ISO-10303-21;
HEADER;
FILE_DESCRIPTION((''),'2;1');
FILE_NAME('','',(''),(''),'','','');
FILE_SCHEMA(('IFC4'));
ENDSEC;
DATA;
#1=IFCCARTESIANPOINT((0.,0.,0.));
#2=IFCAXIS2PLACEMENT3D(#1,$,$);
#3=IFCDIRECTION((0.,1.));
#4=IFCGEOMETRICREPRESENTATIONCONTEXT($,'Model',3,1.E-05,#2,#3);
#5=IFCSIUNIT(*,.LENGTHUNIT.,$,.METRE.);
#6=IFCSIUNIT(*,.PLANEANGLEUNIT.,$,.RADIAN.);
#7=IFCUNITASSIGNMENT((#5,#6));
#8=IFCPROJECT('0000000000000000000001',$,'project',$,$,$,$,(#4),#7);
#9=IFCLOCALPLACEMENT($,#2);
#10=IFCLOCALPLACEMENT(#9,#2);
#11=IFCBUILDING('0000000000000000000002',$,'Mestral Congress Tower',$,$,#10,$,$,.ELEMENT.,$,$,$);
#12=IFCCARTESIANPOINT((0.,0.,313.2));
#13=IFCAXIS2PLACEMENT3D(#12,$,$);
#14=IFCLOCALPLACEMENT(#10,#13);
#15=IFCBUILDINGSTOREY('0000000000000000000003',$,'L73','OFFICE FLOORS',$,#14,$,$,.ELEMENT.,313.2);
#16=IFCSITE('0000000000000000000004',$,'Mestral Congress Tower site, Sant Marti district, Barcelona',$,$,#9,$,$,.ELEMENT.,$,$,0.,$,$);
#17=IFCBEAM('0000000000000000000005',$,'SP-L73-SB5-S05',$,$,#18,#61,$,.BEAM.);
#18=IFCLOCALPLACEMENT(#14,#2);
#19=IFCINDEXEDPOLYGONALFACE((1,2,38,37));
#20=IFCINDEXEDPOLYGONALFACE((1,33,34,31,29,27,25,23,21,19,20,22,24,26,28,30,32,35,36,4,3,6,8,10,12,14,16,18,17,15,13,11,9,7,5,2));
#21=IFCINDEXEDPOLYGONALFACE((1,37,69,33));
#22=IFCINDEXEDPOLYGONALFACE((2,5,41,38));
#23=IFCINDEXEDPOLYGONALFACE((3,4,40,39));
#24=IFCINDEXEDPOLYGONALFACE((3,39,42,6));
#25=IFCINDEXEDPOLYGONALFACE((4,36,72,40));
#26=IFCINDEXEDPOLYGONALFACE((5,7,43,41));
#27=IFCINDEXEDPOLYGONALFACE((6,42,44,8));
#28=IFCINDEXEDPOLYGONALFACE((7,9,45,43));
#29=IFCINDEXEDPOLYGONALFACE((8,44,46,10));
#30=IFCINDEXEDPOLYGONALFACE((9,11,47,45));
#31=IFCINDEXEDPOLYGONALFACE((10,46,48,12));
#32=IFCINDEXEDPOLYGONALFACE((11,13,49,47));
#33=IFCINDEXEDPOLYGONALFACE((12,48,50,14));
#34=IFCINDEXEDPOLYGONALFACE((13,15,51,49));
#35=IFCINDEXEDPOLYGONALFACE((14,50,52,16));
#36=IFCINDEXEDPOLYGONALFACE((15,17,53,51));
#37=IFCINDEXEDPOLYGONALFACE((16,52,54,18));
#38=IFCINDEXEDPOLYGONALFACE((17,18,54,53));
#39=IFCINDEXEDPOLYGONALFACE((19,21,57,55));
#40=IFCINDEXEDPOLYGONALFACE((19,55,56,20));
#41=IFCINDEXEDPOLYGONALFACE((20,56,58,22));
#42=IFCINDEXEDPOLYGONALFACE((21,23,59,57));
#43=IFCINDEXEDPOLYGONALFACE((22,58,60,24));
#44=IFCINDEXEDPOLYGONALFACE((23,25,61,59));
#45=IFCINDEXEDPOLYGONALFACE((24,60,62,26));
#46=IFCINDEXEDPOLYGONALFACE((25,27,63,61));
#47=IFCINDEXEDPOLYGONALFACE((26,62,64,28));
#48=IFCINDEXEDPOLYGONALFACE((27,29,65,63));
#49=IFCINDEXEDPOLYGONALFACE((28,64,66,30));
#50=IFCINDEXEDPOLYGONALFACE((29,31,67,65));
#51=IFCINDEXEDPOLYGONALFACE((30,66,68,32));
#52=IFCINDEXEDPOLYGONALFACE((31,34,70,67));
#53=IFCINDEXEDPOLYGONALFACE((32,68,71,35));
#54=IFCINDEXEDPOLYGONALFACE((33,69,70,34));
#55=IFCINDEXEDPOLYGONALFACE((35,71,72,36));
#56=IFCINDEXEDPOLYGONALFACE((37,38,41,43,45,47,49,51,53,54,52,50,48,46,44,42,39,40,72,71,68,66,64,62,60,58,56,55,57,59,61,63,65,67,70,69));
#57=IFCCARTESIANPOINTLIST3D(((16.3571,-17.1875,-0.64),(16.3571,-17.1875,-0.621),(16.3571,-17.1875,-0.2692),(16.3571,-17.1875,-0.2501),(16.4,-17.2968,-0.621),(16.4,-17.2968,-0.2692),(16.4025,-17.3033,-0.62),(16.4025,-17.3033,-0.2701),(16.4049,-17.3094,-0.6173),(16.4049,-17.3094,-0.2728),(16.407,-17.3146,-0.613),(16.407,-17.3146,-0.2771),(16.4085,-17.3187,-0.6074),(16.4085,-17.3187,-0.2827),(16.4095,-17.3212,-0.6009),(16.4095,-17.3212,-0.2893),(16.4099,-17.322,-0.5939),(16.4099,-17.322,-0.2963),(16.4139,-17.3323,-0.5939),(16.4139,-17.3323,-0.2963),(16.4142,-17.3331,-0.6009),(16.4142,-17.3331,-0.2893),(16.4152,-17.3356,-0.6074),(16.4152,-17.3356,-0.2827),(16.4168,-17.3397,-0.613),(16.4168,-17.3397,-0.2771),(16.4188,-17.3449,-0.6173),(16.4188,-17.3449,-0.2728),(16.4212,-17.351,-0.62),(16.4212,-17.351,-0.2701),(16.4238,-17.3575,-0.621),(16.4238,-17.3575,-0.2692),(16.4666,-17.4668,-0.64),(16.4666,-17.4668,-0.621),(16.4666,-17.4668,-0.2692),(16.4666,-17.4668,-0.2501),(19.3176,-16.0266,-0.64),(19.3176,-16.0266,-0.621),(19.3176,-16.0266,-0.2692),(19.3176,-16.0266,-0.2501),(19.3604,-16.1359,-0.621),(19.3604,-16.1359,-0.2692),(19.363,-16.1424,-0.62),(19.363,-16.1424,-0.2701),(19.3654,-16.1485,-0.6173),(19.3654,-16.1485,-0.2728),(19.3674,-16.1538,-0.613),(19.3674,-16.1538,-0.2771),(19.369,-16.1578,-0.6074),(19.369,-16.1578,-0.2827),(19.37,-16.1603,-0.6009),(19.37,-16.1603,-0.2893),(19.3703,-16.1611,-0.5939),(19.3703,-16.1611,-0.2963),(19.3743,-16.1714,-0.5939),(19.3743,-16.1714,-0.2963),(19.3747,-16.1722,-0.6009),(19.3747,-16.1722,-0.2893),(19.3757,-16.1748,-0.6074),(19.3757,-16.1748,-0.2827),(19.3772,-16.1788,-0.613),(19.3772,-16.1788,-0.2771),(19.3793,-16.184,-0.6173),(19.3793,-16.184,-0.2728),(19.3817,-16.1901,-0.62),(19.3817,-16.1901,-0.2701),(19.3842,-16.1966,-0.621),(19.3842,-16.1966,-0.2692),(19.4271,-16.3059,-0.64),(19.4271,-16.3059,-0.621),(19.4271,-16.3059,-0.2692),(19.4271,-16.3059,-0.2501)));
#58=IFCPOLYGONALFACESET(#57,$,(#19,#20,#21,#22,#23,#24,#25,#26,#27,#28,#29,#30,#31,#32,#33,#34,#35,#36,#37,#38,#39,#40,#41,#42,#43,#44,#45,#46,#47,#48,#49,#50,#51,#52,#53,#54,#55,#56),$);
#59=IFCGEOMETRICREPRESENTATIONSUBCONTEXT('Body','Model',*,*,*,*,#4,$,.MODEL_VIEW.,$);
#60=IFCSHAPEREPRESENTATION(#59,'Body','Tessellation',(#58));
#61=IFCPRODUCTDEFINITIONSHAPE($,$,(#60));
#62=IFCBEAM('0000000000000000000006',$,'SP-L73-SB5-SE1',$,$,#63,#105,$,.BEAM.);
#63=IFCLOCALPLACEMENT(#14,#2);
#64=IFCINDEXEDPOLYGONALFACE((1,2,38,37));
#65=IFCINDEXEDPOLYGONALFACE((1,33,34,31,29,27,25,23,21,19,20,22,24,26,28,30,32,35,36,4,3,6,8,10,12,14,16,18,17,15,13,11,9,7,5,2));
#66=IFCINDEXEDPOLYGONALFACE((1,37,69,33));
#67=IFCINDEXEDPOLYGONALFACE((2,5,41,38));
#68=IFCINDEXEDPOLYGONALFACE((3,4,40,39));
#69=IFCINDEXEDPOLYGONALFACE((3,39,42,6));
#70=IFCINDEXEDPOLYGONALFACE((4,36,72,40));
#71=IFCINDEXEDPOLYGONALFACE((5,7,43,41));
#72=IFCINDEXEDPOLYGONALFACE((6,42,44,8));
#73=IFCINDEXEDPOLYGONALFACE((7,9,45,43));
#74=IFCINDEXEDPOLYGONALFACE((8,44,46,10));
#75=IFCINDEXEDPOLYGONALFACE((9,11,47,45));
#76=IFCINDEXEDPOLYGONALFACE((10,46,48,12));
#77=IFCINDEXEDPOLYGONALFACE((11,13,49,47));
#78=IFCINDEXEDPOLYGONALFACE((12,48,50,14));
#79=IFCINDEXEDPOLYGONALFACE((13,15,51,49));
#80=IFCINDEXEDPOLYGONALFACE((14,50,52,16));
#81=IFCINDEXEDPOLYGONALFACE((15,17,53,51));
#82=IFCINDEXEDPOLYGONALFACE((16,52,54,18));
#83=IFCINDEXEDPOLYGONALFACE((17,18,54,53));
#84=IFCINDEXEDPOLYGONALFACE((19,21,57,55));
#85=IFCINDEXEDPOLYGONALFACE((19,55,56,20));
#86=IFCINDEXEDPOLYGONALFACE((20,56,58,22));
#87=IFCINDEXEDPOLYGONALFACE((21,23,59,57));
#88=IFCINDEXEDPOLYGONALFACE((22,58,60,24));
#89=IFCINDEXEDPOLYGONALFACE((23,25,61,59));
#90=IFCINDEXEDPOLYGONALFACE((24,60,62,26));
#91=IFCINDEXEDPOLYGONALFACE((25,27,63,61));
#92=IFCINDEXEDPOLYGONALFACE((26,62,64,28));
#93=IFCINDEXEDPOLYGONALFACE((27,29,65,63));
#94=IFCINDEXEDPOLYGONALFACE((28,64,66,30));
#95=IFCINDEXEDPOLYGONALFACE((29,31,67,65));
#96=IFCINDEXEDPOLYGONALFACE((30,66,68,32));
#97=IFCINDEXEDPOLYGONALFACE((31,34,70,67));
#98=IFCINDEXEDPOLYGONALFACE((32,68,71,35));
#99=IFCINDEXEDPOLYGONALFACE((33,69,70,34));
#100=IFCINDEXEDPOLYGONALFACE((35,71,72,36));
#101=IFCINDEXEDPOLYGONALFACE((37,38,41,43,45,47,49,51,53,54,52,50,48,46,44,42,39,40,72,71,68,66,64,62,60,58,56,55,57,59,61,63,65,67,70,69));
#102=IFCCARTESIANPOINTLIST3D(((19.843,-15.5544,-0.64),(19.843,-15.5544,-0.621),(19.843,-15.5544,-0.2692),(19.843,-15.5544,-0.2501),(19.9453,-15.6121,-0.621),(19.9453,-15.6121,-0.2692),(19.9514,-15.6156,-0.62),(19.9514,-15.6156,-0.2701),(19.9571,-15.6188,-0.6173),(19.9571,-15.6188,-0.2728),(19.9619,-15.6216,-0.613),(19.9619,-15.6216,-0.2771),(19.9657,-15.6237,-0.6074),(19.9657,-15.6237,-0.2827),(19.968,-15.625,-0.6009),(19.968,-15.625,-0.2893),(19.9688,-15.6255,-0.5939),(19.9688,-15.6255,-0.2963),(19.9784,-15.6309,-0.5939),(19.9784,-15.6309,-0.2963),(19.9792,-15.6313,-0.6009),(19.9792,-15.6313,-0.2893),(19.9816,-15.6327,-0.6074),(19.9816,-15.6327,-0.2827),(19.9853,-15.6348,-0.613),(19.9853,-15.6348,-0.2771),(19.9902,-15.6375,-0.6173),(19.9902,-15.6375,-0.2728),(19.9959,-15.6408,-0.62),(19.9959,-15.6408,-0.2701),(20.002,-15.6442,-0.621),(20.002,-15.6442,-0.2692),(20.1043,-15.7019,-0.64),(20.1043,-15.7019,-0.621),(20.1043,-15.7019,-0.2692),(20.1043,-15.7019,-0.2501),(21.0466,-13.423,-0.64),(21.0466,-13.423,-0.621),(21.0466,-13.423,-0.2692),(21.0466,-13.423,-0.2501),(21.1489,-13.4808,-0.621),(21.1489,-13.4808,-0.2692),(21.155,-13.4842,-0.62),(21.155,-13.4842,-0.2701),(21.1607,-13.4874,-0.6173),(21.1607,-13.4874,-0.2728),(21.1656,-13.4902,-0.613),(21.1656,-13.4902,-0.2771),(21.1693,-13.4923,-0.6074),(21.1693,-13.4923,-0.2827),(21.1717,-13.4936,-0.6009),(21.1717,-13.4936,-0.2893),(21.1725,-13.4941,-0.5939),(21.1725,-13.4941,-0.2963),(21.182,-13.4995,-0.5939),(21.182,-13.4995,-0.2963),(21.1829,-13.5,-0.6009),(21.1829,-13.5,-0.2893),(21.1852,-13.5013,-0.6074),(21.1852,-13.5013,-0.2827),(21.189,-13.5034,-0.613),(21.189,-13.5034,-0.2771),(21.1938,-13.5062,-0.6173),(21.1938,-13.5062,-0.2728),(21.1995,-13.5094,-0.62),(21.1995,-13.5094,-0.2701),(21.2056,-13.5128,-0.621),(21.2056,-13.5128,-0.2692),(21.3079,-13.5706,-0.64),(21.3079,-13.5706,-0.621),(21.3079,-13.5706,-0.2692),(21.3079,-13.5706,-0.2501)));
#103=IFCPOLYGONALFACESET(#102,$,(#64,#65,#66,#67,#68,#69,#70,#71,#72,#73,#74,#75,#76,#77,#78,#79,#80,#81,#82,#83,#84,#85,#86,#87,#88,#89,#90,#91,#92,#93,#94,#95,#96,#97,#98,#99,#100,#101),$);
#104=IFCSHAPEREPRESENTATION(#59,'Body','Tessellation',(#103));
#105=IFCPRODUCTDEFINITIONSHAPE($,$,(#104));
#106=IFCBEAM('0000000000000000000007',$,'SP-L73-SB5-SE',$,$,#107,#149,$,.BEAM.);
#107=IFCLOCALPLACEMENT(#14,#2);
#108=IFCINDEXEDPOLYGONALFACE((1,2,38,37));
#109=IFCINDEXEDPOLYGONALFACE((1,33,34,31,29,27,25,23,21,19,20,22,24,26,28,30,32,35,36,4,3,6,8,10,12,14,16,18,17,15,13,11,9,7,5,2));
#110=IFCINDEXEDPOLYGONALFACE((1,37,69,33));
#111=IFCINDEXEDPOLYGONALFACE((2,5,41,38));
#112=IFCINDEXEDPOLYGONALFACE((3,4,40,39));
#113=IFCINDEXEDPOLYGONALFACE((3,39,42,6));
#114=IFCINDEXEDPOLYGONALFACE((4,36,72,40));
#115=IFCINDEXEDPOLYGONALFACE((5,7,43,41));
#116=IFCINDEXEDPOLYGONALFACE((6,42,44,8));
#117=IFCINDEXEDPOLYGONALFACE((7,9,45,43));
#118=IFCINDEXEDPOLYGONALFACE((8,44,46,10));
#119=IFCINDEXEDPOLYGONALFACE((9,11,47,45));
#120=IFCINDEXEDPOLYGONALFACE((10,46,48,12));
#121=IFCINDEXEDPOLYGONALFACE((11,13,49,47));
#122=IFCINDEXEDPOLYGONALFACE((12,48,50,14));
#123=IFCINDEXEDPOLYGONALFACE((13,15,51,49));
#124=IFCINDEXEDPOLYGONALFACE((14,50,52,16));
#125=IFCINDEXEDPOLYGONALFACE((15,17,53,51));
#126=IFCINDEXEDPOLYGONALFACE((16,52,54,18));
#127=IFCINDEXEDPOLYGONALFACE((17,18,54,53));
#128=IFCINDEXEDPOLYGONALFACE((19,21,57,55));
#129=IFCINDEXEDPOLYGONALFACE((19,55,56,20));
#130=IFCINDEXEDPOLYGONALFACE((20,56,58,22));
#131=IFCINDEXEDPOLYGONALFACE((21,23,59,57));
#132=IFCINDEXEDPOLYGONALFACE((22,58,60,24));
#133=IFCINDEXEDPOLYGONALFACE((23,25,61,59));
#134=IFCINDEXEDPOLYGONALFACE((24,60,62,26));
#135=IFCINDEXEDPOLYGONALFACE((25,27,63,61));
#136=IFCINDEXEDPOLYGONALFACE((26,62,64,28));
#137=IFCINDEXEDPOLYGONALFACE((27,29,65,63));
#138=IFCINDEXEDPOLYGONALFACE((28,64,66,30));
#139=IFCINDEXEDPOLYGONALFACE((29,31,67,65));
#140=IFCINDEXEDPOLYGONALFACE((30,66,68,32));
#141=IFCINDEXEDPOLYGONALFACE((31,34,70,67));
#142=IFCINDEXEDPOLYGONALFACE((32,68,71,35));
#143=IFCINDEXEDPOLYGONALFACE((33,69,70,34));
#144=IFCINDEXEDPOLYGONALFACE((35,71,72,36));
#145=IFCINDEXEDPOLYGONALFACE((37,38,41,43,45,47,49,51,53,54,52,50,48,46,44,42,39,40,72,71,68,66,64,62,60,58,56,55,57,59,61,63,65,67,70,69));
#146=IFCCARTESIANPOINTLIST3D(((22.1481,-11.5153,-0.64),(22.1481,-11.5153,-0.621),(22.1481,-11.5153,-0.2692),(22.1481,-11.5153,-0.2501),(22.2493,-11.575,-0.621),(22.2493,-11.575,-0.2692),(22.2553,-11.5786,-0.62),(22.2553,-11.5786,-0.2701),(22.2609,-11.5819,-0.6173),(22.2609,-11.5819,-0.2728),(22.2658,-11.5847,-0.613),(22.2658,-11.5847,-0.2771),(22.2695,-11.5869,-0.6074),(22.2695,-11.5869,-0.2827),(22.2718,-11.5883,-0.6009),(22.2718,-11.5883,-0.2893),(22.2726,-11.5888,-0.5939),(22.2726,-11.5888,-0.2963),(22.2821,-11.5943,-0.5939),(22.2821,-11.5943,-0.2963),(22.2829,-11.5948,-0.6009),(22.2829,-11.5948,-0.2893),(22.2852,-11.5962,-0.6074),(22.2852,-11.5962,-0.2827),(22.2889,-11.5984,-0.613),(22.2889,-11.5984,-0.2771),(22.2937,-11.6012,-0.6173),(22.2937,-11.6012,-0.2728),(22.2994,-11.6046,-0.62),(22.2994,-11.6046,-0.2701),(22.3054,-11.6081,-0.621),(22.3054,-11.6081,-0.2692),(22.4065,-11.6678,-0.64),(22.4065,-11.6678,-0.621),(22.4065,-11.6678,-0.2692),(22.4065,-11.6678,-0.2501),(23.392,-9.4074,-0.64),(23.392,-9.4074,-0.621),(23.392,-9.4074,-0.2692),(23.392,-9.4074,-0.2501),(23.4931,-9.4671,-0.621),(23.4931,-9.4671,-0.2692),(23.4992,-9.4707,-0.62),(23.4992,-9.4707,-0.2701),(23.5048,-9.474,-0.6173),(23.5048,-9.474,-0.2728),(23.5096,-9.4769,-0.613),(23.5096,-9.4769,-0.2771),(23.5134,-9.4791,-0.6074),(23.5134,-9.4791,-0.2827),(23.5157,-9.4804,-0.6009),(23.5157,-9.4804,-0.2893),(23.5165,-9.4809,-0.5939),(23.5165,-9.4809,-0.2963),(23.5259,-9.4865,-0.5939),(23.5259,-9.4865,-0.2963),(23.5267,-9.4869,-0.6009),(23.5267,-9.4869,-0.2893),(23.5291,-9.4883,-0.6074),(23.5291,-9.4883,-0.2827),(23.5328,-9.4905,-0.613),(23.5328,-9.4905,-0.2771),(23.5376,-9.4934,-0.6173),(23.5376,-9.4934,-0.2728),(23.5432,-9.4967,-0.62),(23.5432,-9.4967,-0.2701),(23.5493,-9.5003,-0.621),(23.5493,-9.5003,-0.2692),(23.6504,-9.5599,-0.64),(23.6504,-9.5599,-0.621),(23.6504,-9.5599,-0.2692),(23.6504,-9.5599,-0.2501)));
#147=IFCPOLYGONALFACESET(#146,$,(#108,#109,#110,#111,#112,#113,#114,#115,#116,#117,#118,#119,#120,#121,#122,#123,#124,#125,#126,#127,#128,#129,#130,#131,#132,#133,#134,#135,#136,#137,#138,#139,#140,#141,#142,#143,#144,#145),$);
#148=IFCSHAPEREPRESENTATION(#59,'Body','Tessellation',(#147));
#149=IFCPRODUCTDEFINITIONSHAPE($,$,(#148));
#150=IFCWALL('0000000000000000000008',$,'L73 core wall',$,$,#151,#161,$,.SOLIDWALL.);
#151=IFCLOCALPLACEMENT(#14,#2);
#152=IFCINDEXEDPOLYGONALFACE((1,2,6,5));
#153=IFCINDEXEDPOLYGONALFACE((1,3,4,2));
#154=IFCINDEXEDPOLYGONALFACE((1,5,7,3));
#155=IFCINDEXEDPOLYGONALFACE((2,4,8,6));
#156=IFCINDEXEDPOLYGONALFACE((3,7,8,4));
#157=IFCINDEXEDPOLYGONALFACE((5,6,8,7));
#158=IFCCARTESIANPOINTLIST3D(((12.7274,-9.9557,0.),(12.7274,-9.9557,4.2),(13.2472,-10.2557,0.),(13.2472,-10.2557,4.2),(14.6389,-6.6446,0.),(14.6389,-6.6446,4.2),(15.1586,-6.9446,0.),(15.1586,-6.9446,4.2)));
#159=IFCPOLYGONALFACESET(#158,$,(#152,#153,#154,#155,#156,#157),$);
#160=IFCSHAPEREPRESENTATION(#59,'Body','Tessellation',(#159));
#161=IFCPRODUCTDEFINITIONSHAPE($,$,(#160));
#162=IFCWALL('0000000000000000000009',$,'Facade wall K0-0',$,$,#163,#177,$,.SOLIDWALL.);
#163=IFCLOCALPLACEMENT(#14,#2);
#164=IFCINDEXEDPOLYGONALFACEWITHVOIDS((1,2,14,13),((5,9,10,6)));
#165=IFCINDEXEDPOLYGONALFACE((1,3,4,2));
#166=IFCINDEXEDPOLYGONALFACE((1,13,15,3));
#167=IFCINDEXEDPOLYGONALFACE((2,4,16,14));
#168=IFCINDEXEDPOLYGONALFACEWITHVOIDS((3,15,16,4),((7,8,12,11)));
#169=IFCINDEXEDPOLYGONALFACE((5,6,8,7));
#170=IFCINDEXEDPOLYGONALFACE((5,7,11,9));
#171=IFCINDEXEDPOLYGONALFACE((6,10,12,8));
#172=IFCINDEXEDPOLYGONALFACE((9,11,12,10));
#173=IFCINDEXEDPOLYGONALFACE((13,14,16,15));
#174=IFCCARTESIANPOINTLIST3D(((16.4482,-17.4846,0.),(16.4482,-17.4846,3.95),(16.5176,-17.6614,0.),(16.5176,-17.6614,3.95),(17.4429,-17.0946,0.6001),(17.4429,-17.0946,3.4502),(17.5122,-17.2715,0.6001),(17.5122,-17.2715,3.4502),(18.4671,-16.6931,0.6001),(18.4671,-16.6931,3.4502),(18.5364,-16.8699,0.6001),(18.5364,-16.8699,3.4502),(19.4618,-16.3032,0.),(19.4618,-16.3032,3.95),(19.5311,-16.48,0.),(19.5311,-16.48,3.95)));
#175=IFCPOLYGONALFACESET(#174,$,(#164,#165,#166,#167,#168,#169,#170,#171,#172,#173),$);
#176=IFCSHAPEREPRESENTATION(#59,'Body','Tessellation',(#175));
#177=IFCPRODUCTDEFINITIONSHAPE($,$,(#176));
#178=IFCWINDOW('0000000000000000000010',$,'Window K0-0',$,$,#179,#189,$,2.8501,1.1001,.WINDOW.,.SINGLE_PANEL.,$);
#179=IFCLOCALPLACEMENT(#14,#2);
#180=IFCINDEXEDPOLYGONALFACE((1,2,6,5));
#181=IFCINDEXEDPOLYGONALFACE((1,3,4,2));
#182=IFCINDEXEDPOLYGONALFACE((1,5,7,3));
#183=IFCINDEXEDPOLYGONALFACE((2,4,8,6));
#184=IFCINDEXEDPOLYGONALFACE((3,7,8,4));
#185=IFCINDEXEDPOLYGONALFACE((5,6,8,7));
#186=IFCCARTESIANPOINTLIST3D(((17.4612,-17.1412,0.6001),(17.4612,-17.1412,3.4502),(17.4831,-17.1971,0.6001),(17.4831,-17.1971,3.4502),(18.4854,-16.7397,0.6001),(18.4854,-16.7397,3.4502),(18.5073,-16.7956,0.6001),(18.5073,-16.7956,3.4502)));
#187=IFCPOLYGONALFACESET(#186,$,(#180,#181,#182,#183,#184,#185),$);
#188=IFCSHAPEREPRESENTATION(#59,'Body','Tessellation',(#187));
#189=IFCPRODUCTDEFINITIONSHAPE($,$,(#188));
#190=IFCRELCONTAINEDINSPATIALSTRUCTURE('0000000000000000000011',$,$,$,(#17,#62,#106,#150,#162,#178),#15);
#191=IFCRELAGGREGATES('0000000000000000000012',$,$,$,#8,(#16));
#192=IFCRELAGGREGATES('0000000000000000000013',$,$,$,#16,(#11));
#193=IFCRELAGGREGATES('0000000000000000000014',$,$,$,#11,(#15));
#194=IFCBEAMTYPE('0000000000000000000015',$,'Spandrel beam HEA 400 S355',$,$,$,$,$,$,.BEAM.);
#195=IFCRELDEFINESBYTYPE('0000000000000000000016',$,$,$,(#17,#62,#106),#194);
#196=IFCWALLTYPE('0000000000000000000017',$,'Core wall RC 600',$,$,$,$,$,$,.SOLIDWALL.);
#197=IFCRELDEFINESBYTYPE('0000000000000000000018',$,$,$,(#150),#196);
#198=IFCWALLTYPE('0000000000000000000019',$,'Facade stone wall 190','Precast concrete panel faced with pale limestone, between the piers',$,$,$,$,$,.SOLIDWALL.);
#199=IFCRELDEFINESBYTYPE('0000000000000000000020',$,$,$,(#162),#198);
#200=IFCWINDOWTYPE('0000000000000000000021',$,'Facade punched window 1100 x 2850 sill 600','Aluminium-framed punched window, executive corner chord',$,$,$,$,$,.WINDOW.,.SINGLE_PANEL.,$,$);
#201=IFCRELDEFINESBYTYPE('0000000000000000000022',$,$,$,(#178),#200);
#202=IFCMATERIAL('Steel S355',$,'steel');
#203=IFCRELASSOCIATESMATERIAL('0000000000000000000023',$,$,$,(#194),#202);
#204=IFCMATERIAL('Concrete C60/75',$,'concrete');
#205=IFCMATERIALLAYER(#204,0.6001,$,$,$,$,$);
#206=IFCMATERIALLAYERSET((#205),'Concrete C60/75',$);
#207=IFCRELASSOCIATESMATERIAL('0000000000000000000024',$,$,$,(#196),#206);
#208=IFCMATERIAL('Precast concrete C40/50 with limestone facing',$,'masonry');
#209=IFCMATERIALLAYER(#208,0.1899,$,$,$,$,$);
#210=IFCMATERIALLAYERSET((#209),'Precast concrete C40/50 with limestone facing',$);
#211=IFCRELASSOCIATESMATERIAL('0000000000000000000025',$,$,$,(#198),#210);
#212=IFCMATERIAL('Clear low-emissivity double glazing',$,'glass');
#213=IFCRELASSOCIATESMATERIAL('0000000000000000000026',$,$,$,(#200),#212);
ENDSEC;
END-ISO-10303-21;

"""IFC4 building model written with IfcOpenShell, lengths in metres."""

from ifc_helpers import new_model, si_unit, direction, frame, frame_2d, origin, origin_2d, place, context, subcontext, project, spatial, rectangle, i_section, extrude, material, layer, layer_set, material_profile, profile_set, type_object, element, fill, save


model = new_model("IFC4")

# Units and contexts
model_context = context("Model", 3, precision=1e-05, world=origin(), true_north=direction((0.0, 1.0)))
body_context = subcontext(model_context, "Body", "Model", "MODEL_VIEW")
ifc_project = project(units=[si_unit("LENGTHUNIT", "METRE"), si_unit("PLANEANGLEUNIT", "RADIAN")], contexts=[model_context])

# Site, building, storey
site_placement = place(None, origin())
site = spatial("IfcSite", under=ifc_project, at=site_placement, Name="Mestral Congress Tower site, Sant Marti district, Barcelona", CompositionType="ELEMENT", RefElevation=0.0)
building_placement = place(site_placement, origin())
building = spatial("IfcBuilding", under=site, at=building_placement, Name="Mestral Congress Tower", CompositionType="ELEMENT")
storey_placement = place(building_placement, frame((0.0, 0.0, 313.2)))
storey = spatial("IfcBuildingStorey", under=building, at=storey_placement, Name="L73", Description="OFFICE FLOORS", CompositionType="ELEMENT", Elevation=313.2)

# Shared definitions
ifc_material_1 = material(Name="Concrete C60/75", Category="concrete")

# Beams
ifc_material_2 = material(Name="Steel S355", Category="steel")
ifc_material_profile_1 = material_profile(ifc_material_2, i_section(OverallWidth=0.3, OverallDepth=0.3899, WebThickness=0.011, FlangeThickness=0.019, FilletRadius=0.0271, at=origin_2d()), Name="HEA 400")
ifc_profile_set_1 = profile_set([ifc_material_profile_1], Name="Steel S355")
beam_type_1 = type_object("IfcBeamType", Name="Spandrel beam HEA 400 S355", PredefinedType="BEAM", material=ifc_profile_set_1)
beam_1_placement = place(storey_placement, frame((16.4119, -17.3271, -0.4451), z_axis=(0.930981, 0.365068, 0.0), x_axis=(-0.365068, 0.930981, 0.0)))
element("IfcBeam", 1, at=beam_1_placement, inside=storey, type_object=beam_type_1, Name="SP-L73-SB5-S05", PredefinedType="BEAM", context=body_context, shape_type="SweptSolid", body=[
    extrude(i_section(OverallWidth=0.3, OverallDepth=0.3899, WebThickness=0.011, FlangeThickness=0.019, FilletRadius=0.0271, at=origin_2d()), origin(), (0.0, 0.0, 1.0), 3.1799),
])
beam_2_placement = place(storey_placement, frame((19.9736, -15.6282, -0.4451), z_axis=(0.491729, 0.870749, 0.0), x_axis=(-0.870749, 0.491729, 0.0)))
element("IfcBeam", 2, at=beam_2_placement, inside=storey, type_object=beam_type_1, Name="SP-L73-SB5-SE1", PredefinedType="BEAM", context=body_context, shape_type="SweptSolid", body=[
    extrude(i_section(OverallWidth=0.3, OverallDepth=0.3899, WebThickness=0.011, FlangeThickness=0.019, FilletRadius=0.0271, at=origin_2d()), origin(), (0.0, 0.0, 1.0), 2.4478),
])
beam_3_placement = place(storey_placement, frame((22.2773, -11.5916, -0.4451), z_axis=(0.508218, 0.861228, 0.0), x_axis=(-0.861228, 0.508218, 0.0)))
element("IfcBeam", 3, at=beam_3_placement, inside=storey, type_object=beam_type_1, Name="SP-L73-SB5-SE", PredefinedType="BEAM", context=body_context, shape_type="SweptSolid", body=[
    extrude(i_section(OverallWidth=0.3, OverallDepth=0.3899, WebThickness=0.011, FlangeThickness=0.019, FilletRadius=0.0271, at=origin_2d()), origin(), (0.0, 0.0, 1.0), 2.4475),
])

# Wall
ifc_layer_1 = layer(ifc_material_1, 0.6001)
ifc_layer_set_1 = layer_set([ifc_layer_1], Name="Concrete C60/75")
wall_type_1 = type_object("IfcWallType", Name="Core wall RC 600", PredefinedType="SOLIDWALL", material=ifc_layer_set_1)
wall_1_placement = place(storey_placement, frame((12.9873, -10.1057, 0.0), z_axis=(0.0, 0.0, 1.0), x_axis=(0.499951, 0.866054, 0.0)))
element("IfcWall", 4, at=wall_1_placement, inside=storey, type_object=wall_type_1, Name="L73 core wall", PredefinedType="SOLIDWALL", context=body_context, shape_type="SweptSolid", body=[
    extrude(rectangle(XDim=3.8232, YDim=0.6001, at=frame_2d((1.9116, 0.0))), origin(), (0.0, 0.0, 1.0), 4.2),
])

# Wall, opening, window
ifc_material_3 = material(Name="Precast concrete C40/50 with limestone facing", Category="masonry")
ifc_layer_2 = layer(ifc_material_3, 0.1899)
ifc_layer_set_2 = layer_set([ifc_layer_2], Name="Precast concrete C40/50 with limestone facing")
wall_type_2 = type_object("IfcWallType", Name="Facade stone wall 190", Description="Precast concrete panel faced with pale limestone, between the piers", PredefinedType="SOLIDWALL", material=ifc_layer_set_2)
wall_2_placement = place(storey_placement, frame((16.4829, -17.573, 0.0), z_axis=(0.0, 0.0, 1.0), x_axis=(0.931009, 0.364997, 0.0)))
wall_2 = element("IfcWall", 5, at=wall_2_placement, inside=storey, type_object=wall_type_2, Name="Facade wall K0-0", PredefinedType="SOLIDWALL", context=body_context, shape_type="SweptSolid", body=[
    extrude(rectangle(XDim=3.2368, YDim=0.1899, at=frame_2d((1.6184, 0.0))), origin(), (0.0, 0.0, 1.0), 3.95),
])
opening_1_placement = place(wall_2_placement, frame((1.0684, 0.0, 0.6001)))
opening_1 = element("IfcOpeningElement", 6, at=opening_1_placement, cuts=wall_2, PredefinedType="OPENING", context=body_context, shape_type="SweptSolid", body=[
    extrude(rectangle(XDim=1.1001, YDim=2.8501, at=frame_2d((0.55, 1.425))), frame((0.0, 0.105, 0.0), z_axis=(0.0, -1.0, 0.0), x_axis=(1.0, 0.0, 0.0)), (0.0, 0.0, 1.0), 0.21),
])
ifc_material_4 = material(Name="Clear low-emissivity double glazing", Category="glass")
window_type = type_object("IfcWindowType", Name="Facade punched window 1100 x 2850 sill 600", Description="Aluminium-framed punched window, executive corner chord", PartitioningType="SINGLE_PANEL", PredefinedType="WINDOW", material=ifc_material_4)
window_1_placement = place(opening_1_placement, origin())
window_1 = element("IfcWindow", 7, at=window_1_placement, inside=storey, type_object=window_type, Name="Window K0-0", OverallHeight=2.8501, OverallWidth=1.1001, PartitioningType="SINGLE_PANEL", PredefinedType="WINDOW", context=body_context, shape_type="SweptSolid", body=[
    extrude(rectangle(XDim=1.1001, YDim=2.8501, at=frame_2d((0.55, 1.425))), frame((0.0, 0.0449, 0.0), z_axis=(0.0, -1.0, 0.0), x_axis=(1.0, 0.0, 0.0)), (0.0, 0.0, 1.0), 0.0601),
])
fill(opening_1, window_1)

save(model, "model.ifc")
